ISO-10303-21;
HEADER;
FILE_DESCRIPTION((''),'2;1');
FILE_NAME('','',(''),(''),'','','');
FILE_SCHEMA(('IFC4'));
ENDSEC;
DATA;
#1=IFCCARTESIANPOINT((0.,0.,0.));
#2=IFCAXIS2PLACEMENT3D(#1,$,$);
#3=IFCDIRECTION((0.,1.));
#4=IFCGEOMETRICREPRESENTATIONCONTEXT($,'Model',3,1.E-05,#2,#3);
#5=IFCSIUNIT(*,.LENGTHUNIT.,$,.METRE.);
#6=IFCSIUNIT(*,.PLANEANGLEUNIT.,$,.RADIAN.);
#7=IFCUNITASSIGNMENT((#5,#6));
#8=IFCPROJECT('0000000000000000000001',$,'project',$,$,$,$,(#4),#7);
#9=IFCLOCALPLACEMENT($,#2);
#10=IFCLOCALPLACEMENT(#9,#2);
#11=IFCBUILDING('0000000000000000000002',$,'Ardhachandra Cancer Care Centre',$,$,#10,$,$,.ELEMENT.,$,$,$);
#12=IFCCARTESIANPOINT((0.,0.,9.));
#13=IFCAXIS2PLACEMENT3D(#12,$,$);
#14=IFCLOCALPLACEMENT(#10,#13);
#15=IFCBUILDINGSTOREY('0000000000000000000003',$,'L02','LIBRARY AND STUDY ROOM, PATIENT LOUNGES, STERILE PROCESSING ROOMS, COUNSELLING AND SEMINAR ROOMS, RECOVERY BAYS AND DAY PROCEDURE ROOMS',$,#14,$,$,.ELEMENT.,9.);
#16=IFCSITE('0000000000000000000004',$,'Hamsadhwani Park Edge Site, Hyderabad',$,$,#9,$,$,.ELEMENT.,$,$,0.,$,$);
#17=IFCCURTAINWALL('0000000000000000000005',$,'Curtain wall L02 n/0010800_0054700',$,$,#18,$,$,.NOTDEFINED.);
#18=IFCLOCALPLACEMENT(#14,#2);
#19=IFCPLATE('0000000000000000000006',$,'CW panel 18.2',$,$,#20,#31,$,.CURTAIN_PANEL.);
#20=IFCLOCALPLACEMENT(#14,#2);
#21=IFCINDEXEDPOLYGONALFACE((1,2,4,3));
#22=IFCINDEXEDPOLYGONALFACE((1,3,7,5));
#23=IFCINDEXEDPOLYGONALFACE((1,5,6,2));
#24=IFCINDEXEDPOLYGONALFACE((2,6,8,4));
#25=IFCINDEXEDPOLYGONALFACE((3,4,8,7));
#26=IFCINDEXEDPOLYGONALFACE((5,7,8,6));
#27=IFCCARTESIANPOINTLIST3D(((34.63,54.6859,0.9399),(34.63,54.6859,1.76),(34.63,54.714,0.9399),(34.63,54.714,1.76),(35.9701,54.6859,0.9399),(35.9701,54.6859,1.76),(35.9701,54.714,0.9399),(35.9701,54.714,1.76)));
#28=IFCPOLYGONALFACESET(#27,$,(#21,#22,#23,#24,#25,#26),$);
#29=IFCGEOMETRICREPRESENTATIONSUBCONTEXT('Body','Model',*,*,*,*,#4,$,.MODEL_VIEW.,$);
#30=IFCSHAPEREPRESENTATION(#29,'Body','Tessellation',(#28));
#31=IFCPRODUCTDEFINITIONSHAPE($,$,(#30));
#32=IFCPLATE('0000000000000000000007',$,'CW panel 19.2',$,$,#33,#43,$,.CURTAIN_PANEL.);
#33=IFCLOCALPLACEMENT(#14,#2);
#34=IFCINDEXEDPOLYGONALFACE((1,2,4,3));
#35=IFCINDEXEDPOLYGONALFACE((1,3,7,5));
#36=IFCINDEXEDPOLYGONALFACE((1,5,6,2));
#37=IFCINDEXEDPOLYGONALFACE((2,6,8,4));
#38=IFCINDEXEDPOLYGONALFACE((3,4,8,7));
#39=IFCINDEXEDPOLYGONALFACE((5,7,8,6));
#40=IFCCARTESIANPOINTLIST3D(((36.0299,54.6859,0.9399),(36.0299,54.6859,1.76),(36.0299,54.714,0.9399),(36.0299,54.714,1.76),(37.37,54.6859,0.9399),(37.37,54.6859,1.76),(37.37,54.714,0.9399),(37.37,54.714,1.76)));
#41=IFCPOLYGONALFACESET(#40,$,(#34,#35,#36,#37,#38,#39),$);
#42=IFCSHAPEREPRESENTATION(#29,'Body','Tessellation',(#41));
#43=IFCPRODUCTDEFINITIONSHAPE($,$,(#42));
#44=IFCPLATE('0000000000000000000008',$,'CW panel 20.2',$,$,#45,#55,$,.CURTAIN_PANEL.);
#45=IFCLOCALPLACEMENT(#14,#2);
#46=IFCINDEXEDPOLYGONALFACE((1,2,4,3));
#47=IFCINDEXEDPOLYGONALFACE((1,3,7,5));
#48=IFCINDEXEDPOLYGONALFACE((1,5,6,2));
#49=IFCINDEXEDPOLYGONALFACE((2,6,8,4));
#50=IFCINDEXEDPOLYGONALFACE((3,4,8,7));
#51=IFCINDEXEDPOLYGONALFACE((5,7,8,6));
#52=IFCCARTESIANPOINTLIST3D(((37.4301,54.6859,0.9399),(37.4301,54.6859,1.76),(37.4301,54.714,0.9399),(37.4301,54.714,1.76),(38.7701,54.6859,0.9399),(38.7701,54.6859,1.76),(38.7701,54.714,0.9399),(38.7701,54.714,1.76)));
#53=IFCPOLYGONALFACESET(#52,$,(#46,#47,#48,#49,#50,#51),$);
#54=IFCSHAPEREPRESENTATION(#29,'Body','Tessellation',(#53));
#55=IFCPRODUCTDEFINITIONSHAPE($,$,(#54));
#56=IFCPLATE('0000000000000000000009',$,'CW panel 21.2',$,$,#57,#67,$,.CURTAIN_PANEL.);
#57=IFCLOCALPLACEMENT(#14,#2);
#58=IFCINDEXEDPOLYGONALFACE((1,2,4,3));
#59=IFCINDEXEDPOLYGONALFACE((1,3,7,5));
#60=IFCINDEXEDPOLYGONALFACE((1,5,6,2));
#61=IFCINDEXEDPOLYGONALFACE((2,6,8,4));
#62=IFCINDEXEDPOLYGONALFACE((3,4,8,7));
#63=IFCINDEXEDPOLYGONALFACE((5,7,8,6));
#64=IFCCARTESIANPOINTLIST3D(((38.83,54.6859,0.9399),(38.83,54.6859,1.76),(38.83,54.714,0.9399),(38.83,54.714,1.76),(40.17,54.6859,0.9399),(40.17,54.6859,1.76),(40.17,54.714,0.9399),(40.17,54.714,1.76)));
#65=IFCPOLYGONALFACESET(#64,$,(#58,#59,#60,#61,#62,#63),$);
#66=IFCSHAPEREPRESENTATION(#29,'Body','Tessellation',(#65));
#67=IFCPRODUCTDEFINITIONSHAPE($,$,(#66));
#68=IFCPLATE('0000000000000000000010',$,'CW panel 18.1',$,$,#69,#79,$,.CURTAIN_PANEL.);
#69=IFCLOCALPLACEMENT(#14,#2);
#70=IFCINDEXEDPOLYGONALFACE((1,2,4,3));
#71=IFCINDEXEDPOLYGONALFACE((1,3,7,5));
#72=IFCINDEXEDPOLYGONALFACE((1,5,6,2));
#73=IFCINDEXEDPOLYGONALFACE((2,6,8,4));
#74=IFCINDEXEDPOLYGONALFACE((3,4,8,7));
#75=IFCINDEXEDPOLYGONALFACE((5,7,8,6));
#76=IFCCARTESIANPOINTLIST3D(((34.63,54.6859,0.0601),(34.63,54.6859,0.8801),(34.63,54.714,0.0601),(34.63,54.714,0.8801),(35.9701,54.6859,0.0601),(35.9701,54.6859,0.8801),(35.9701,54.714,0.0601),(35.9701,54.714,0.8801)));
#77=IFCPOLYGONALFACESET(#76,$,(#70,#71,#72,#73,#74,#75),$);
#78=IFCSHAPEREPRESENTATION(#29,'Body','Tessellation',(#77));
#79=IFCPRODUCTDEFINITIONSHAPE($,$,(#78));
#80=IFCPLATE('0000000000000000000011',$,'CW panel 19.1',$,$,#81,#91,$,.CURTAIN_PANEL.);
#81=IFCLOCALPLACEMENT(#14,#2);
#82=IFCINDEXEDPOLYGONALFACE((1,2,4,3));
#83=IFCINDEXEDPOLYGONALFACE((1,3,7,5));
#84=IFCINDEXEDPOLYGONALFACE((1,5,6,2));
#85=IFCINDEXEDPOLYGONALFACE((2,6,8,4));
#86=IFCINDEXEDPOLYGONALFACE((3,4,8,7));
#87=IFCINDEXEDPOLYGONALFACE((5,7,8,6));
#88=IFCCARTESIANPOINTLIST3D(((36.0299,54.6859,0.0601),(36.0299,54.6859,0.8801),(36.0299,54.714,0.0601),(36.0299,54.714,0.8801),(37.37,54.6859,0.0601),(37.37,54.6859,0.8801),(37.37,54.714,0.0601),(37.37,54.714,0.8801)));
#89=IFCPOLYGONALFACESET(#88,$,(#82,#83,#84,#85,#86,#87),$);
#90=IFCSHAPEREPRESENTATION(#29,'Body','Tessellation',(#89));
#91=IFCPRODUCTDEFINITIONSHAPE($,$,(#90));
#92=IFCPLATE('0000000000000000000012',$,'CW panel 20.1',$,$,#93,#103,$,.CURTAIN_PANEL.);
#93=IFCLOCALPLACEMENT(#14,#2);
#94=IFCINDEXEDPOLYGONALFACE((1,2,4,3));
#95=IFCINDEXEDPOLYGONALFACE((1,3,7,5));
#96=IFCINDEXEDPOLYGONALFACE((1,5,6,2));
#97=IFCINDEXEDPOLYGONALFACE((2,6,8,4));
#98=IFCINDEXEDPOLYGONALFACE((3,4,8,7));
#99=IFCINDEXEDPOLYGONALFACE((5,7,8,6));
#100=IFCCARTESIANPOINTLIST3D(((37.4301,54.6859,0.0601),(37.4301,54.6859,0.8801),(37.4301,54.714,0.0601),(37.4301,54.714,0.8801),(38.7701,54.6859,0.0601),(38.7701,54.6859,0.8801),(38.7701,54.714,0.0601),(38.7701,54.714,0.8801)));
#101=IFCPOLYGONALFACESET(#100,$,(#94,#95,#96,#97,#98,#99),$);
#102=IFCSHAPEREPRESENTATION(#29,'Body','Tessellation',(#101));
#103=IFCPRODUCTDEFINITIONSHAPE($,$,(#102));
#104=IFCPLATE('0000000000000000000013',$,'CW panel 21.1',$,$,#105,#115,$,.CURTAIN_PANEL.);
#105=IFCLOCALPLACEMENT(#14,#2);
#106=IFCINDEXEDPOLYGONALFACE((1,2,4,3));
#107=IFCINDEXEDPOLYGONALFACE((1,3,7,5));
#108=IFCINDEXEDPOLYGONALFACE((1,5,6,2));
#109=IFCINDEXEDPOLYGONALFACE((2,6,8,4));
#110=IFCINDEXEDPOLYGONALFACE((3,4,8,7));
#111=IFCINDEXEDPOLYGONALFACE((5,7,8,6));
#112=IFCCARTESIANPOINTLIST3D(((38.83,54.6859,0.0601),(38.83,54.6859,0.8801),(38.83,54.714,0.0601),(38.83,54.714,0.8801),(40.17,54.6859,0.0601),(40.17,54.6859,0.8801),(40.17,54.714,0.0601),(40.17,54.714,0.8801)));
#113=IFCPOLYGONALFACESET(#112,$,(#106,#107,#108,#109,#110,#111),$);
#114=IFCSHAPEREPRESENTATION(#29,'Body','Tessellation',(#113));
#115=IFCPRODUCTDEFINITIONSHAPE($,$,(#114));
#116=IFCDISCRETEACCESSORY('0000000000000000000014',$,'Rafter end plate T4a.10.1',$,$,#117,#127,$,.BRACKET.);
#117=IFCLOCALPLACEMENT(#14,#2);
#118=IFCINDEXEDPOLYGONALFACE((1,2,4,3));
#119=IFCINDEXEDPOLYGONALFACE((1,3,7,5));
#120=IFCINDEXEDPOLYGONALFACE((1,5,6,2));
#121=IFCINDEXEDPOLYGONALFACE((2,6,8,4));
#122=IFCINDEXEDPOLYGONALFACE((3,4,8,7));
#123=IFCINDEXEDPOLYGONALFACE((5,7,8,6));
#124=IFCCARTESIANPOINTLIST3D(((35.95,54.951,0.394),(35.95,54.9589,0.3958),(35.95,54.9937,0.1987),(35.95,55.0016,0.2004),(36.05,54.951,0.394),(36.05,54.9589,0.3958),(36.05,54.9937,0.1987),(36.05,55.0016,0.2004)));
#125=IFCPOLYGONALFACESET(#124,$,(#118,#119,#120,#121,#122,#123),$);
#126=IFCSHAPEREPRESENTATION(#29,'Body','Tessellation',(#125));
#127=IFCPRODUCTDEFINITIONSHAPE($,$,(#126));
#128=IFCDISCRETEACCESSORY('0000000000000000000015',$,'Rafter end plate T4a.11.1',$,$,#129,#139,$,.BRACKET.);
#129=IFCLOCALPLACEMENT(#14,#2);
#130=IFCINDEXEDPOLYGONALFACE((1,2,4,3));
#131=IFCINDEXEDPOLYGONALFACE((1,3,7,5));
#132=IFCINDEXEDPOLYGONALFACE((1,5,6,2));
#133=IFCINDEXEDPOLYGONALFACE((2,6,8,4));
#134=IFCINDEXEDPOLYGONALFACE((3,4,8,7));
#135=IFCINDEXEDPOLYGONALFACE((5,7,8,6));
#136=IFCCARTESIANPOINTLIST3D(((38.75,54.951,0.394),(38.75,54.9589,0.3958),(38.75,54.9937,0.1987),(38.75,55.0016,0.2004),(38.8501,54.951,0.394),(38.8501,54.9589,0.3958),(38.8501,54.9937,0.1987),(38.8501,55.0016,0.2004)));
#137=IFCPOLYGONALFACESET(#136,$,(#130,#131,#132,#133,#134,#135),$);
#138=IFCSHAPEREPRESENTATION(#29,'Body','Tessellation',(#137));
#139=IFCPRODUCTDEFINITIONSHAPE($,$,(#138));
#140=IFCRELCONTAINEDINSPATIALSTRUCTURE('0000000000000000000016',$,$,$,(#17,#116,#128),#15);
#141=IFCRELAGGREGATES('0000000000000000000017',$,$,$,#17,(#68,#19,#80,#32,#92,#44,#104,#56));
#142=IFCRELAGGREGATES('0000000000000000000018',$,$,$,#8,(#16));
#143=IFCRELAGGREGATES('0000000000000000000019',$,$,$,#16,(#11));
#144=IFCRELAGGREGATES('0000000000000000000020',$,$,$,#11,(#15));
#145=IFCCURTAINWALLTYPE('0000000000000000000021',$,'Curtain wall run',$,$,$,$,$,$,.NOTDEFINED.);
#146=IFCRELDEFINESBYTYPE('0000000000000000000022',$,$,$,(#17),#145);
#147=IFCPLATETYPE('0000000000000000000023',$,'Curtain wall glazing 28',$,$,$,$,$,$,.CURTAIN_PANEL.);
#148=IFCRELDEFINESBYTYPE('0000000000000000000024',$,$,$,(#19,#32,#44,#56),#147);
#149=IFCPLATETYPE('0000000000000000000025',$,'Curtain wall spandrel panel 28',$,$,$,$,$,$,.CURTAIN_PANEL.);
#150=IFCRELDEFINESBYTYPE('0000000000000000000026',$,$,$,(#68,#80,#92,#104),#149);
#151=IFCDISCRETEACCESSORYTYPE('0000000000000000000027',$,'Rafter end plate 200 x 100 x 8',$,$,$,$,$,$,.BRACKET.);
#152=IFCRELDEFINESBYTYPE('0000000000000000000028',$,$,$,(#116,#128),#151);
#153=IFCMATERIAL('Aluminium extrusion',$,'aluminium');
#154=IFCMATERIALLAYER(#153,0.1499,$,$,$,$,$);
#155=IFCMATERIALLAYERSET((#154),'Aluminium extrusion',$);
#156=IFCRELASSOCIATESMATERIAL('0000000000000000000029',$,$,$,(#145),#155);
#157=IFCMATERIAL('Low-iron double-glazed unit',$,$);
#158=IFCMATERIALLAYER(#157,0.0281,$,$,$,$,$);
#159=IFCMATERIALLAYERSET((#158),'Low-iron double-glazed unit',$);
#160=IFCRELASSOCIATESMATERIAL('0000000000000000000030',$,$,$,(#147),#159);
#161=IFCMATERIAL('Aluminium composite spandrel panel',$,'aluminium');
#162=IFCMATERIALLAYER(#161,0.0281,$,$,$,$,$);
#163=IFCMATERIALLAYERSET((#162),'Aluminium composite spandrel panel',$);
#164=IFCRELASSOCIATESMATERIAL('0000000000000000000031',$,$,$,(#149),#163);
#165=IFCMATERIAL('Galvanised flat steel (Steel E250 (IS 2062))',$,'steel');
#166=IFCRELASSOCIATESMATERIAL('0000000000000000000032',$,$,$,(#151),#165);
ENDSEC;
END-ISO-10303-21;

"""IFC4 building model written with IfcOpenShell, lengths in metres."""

from ifc_helpers import new_model, si_unit, direction, frame, origin, origin_2d, place, context, subcontext, project, spatial, rectangle, extrude, material, layer, layer_set, material_profile, profile_set, type_object, element, aggregate, save


model = new_model("IFC4")

# Units and contexts
model_context = context("Model", 3, precision=1e-05, world=origin(), true_north=direction((0.0, 1.0)))
body_context = subcontext(model_context, "Body", "Model", "MODEL_VIEW")
ifc_project = project(units=[si_unit("LENGTHUNIT", "METRE"), si_unit("PLANEANGLEUNIT", "RADIAN")], contexts=[model_context])

# Site, building, storey
site_placement = place(None, origin())
site = spatial("IfcSite", under=ifc_project, at=site_placement, Name="Hamsadhwani Park Edge Site, Hyderabad", CompositionType="ELEMENT", RefElevation=0.0)
building_placement = place(site_placement, origin())
building = spatial("IfcBuilding", under=site, at=building_placement, Name="Ardhachandra Cancer Care Centre", CompositionType="ELEMENT")
storey_placement = place(building_placement, frame((0.0, 0.0, 9.0)))
storey = spatial("IfcBuildingStorey", under=building, at=storey_placement, Name="L02", Description="LIBRARY AND STUDY ROOM, PATIENT LOUNGES, STERILE PROCESSING ROOMS, COUNSELLING AND SEMINAR ROOMS, RECOVERY BAYS AND DAY PROCEDURE ROOMS", CompositionType="ELEMENT", Elevation=9.0)

# Curtain wall
ifc_material_1 = material(Name="Aluminium extrusion", Category="aluminium")
ifc_layer_1 = layer(ifc_material_1, 0.1499)
ifc_layer_set_1 = layer_set([ifc_layer_1], Name="Aluminium extrusion")
curtain_wall_type = type_object("IfcCurtainWallType", Name="Curtain wall run", PredefinedType="NOTDEFINED", material=ifc_layer_set_1)
curtain_wall_placement = place(storey_placement, origin())
curtain_wall = element("IfcCurtainWall", 1, at=curtain_wall_placement, inside=storey, type_object=curtain_wall_type, Name="Curtain wall L02 n/0010800_0054700", PredefinedType="NOTDEFINED")

# Plates
ifc_material_2 = material(Name="Low-iron double-glazed unit")
ifc_layer_2 = layer(ifc_material_2, 0.0281)
ifc_layer_set_2 = layer_set([ifc_layer_2], Name="Low-iron double-glazed unit")
plate_type_1 = type_object("IfcPlateType", Name="Curtain wall glazing 28", PredefinedType="CURTAIN_PANEL", material=ifc_layer_set_2)
plate_1_placement = place(storey_placement, frame((35.3, 54.7, 0.9399), z_axis=(0.0, 0.0, 1.0), x_axis=(1.0, 0.0, 0.0)))
plate_1 = element("IfcPlate", 2, at=plate_1_placement, type_object=plate_type_1, Name="CW panel 18.2", PredefinedType="CURTAIN_PANEL", context=body_context, shape_type="SweptSolid", body=[
    extrude(rectangle(XDim=1.3401, YDim=0.0281, at=origin_2d()), origin(), (0.0, 0.0, 1.0), 0.8201),
])
plate_2_placement = place(storey_placement, frame((36.7, 54.7, 0.9399), z_axis=(0.0, 0.0, 1.0), x_axis=(1.0, 0.0, 0.0)))
plate_2 = element("IfcPlate", 3, at=plate_2_placement, type_object=plate_type_1, Name="CW panel 19.2", PredefinedType="CURTAIN_PANEL", context=body_context, shape_type="SweptSolid", body=[
    extrude(rectangle(XDim=1.3401, YDim=0.0281, at=origin_2d()), origin(), (0.0, 0.0, 1.0), 0.8201),
])
plate_3_placement = place(storey_placement, frame((38.1001, 54.7, 0.9399), z_axis=(0.0, 0.0, 1.0), x_axis=(1.0, 0.0, 0.0)))
plate_3 = element("IfcPlate", 4, at=plate_3_placement, type_object=plate_type_1, Name="CW panel 20.2", PredefinedType="CURTAIN_PANEL", context=body_context, shape_type="SweptSolid", body=[
    extrude(rectangle(XDim=1.3401, YDim=0.0281, at=origin_2d()), origin(), (0.0, 0.0, 1.0), 0.8201),
])
plate_4_placement = place(storey_placement, frame((39.5, 54.7, 0.9399), z_axis=(0.0, 0.0, 1.0), x_axis=(1.0, 0.0, 0.0)))
plate_4 = element("IfcPlate", 5, at=plate_4_placement, type_object=plate_type_1, Name="CW panel 21.2", PredefinedType="CURTAIN_PANEL", context=body_context, shape_type="SweptSolid", body=[
    extrude(rectangle(XDim=1.3401, YDim=0.0281, at=origin_2d()), origin(), (0.0, 0.0, 1.0), 0.8201),
])
ifc_material_3 = material(Name="Aluminium composite spandrel panel", Category="aluminium")
ifc_layer_3 = layer(ifc_material_3, 0.0281)
ifc_layer_set_3 = layer_set([ifc_layer_3], Name="Aluminium composite spandrel panel")
plate_type_2 = type_object("IfcPlateType", Name="Curtain wall spandrel panel 28", PredefinedType="CURTAIN_PANEL", material=ifc_layer_set_3)
plate_5_placement = place(storey_placement, frame((35.3, 54.7, 0.0601), z_axis=(0.0, 0.0, 1.0), x_axis=(1.0, 0.0, 0.0)))
plate_5 = element("IfcPlate", 6, at=plate_5_placement, type_object=plate_type_2, Name="CW panel 18.1", PredefinedType="CURTAIN_PANEL", context=body_context, shape_type="SweptSolid", body=[
    extrude(rectangle(XDim=1.3401, YDim=0.0281, at=origin_2d()), origin(), (0.0, 0.0, 1.0), 0.8201),
])
plate_6_placement = place(storey_placement, frame((36.7, 54.7, 0.0601), z_axis=(0.0, 0.0, 1.0), x_axis=(1.0, 0.0, 0.0)))
plate_6 = element("IfcPlate", 7, at=plate_6_placement, type_object=plate_type_2, Name="CW panel 19.1", PredefinedType="CURTAIN_PANEL", context=body_context, shape_type="SweptSolid", body=[
    extrude(rectangle(XDim=1.3401, YDim=0.0281, at=origin_2d()), origin(), (0.0, 0.0, 1.0), 0.8201),
])
plate_7_placement = place(storey_placement, frame((38.1001, 54.7, 0.0601), z_axis=(0.0, 0.0, 1.0), x_axis=(1.0, 0.0, 0.0)))
plate_7 = element("IfcPlate", 8, at=plate_7_placement, type_object=plate_type_2, Name="CW panel 20.1", PredefinedType="CURTAIN_PANEL", context=body_context, shape_type="SweptSolid", body=[
    extrude(rectangle(XDim=1.3401, YDim=0.0281, at=origin_2d()), origin(), (0.0, 0.0, 1.0), 0.8201),
])
plate_8_placement = place(storey_placement, frame((39.5, 54.7, 0.0601), z_axis=(0.0, 0.0, 1.0), x_axis=(1.0, 0.0, 0.0)))
plate_8 = element("IfcPlate", 9, at=plate_8_placement, type_object=plate_type_2, Name="CW panel 21.1", PredefinedType="CURTAIN_PANEL", context=body_context, shape_type="SweptSolid", body=[
    extrude(rectangle(XDim=1.3401, YDim=0.0281, at=origin_2d()), origin(), (0.0, 0.0, 1.0), 0.8201),
])
aggregate(curtain_wall, [plate_5, plate_1, plate_6, plate_2, plate_7, plate_3, plate_8, plate_4])

# Discrete accessories
ifc_material_4 = material(Name="Galvanised flat steel (Steel E250 (IS 2062))", Category="steel")
ifc_material_profile_1 = material_profile(ifc_material_4, rectangle(XDim=0.1001, YDim=0.2, at=origin_2d()), Name="Rafter end plate 200 x 100 x 8")
ifc_profile_set_1 = profile_set([ifc_material_profile_1], Name="Galvanised flat steel (Steel E250 (IS 2062))")
discrete_accessory_type = type_object("IfcDiscreteAccessoryType", Name="Rafter end plate 200 x 100 x 8", PredefinedType="BRACKET", material=ifc_profile_set_1)
for number, where, z_axis, x_axis, name in (
    (10, (36.0, 54.9802, 0.2981), (0.0, -0.9769, -0.213697), (1.0, 0.0, 0.0), "Rafter end plate T4a.10.1"),
    (11, (38.8, 54.9802, 0.2981), (0.0, -0.9769, -0.213697), (1.0, 0.0, 0.0), "Rafter end plate T4a.11.1"),
):
    element("IfcDiscreteAccessory", number, at=place(storey_placement, frame(where, z_axis=z_axis, x_axis=x_axis)), inside=storey, type_object=discrete_accessory_type, Name=name, PredefinedType="BRACKET", context=body_context, shape_type="SweptSolid", body=[
        extrude(rectangle(XDim=0.1001, YDim=0.2, at=origin_2d()), origin(), (0.0, 0.0, 1.0), 0.0081),
    ])

save(model, "model.ifc")
